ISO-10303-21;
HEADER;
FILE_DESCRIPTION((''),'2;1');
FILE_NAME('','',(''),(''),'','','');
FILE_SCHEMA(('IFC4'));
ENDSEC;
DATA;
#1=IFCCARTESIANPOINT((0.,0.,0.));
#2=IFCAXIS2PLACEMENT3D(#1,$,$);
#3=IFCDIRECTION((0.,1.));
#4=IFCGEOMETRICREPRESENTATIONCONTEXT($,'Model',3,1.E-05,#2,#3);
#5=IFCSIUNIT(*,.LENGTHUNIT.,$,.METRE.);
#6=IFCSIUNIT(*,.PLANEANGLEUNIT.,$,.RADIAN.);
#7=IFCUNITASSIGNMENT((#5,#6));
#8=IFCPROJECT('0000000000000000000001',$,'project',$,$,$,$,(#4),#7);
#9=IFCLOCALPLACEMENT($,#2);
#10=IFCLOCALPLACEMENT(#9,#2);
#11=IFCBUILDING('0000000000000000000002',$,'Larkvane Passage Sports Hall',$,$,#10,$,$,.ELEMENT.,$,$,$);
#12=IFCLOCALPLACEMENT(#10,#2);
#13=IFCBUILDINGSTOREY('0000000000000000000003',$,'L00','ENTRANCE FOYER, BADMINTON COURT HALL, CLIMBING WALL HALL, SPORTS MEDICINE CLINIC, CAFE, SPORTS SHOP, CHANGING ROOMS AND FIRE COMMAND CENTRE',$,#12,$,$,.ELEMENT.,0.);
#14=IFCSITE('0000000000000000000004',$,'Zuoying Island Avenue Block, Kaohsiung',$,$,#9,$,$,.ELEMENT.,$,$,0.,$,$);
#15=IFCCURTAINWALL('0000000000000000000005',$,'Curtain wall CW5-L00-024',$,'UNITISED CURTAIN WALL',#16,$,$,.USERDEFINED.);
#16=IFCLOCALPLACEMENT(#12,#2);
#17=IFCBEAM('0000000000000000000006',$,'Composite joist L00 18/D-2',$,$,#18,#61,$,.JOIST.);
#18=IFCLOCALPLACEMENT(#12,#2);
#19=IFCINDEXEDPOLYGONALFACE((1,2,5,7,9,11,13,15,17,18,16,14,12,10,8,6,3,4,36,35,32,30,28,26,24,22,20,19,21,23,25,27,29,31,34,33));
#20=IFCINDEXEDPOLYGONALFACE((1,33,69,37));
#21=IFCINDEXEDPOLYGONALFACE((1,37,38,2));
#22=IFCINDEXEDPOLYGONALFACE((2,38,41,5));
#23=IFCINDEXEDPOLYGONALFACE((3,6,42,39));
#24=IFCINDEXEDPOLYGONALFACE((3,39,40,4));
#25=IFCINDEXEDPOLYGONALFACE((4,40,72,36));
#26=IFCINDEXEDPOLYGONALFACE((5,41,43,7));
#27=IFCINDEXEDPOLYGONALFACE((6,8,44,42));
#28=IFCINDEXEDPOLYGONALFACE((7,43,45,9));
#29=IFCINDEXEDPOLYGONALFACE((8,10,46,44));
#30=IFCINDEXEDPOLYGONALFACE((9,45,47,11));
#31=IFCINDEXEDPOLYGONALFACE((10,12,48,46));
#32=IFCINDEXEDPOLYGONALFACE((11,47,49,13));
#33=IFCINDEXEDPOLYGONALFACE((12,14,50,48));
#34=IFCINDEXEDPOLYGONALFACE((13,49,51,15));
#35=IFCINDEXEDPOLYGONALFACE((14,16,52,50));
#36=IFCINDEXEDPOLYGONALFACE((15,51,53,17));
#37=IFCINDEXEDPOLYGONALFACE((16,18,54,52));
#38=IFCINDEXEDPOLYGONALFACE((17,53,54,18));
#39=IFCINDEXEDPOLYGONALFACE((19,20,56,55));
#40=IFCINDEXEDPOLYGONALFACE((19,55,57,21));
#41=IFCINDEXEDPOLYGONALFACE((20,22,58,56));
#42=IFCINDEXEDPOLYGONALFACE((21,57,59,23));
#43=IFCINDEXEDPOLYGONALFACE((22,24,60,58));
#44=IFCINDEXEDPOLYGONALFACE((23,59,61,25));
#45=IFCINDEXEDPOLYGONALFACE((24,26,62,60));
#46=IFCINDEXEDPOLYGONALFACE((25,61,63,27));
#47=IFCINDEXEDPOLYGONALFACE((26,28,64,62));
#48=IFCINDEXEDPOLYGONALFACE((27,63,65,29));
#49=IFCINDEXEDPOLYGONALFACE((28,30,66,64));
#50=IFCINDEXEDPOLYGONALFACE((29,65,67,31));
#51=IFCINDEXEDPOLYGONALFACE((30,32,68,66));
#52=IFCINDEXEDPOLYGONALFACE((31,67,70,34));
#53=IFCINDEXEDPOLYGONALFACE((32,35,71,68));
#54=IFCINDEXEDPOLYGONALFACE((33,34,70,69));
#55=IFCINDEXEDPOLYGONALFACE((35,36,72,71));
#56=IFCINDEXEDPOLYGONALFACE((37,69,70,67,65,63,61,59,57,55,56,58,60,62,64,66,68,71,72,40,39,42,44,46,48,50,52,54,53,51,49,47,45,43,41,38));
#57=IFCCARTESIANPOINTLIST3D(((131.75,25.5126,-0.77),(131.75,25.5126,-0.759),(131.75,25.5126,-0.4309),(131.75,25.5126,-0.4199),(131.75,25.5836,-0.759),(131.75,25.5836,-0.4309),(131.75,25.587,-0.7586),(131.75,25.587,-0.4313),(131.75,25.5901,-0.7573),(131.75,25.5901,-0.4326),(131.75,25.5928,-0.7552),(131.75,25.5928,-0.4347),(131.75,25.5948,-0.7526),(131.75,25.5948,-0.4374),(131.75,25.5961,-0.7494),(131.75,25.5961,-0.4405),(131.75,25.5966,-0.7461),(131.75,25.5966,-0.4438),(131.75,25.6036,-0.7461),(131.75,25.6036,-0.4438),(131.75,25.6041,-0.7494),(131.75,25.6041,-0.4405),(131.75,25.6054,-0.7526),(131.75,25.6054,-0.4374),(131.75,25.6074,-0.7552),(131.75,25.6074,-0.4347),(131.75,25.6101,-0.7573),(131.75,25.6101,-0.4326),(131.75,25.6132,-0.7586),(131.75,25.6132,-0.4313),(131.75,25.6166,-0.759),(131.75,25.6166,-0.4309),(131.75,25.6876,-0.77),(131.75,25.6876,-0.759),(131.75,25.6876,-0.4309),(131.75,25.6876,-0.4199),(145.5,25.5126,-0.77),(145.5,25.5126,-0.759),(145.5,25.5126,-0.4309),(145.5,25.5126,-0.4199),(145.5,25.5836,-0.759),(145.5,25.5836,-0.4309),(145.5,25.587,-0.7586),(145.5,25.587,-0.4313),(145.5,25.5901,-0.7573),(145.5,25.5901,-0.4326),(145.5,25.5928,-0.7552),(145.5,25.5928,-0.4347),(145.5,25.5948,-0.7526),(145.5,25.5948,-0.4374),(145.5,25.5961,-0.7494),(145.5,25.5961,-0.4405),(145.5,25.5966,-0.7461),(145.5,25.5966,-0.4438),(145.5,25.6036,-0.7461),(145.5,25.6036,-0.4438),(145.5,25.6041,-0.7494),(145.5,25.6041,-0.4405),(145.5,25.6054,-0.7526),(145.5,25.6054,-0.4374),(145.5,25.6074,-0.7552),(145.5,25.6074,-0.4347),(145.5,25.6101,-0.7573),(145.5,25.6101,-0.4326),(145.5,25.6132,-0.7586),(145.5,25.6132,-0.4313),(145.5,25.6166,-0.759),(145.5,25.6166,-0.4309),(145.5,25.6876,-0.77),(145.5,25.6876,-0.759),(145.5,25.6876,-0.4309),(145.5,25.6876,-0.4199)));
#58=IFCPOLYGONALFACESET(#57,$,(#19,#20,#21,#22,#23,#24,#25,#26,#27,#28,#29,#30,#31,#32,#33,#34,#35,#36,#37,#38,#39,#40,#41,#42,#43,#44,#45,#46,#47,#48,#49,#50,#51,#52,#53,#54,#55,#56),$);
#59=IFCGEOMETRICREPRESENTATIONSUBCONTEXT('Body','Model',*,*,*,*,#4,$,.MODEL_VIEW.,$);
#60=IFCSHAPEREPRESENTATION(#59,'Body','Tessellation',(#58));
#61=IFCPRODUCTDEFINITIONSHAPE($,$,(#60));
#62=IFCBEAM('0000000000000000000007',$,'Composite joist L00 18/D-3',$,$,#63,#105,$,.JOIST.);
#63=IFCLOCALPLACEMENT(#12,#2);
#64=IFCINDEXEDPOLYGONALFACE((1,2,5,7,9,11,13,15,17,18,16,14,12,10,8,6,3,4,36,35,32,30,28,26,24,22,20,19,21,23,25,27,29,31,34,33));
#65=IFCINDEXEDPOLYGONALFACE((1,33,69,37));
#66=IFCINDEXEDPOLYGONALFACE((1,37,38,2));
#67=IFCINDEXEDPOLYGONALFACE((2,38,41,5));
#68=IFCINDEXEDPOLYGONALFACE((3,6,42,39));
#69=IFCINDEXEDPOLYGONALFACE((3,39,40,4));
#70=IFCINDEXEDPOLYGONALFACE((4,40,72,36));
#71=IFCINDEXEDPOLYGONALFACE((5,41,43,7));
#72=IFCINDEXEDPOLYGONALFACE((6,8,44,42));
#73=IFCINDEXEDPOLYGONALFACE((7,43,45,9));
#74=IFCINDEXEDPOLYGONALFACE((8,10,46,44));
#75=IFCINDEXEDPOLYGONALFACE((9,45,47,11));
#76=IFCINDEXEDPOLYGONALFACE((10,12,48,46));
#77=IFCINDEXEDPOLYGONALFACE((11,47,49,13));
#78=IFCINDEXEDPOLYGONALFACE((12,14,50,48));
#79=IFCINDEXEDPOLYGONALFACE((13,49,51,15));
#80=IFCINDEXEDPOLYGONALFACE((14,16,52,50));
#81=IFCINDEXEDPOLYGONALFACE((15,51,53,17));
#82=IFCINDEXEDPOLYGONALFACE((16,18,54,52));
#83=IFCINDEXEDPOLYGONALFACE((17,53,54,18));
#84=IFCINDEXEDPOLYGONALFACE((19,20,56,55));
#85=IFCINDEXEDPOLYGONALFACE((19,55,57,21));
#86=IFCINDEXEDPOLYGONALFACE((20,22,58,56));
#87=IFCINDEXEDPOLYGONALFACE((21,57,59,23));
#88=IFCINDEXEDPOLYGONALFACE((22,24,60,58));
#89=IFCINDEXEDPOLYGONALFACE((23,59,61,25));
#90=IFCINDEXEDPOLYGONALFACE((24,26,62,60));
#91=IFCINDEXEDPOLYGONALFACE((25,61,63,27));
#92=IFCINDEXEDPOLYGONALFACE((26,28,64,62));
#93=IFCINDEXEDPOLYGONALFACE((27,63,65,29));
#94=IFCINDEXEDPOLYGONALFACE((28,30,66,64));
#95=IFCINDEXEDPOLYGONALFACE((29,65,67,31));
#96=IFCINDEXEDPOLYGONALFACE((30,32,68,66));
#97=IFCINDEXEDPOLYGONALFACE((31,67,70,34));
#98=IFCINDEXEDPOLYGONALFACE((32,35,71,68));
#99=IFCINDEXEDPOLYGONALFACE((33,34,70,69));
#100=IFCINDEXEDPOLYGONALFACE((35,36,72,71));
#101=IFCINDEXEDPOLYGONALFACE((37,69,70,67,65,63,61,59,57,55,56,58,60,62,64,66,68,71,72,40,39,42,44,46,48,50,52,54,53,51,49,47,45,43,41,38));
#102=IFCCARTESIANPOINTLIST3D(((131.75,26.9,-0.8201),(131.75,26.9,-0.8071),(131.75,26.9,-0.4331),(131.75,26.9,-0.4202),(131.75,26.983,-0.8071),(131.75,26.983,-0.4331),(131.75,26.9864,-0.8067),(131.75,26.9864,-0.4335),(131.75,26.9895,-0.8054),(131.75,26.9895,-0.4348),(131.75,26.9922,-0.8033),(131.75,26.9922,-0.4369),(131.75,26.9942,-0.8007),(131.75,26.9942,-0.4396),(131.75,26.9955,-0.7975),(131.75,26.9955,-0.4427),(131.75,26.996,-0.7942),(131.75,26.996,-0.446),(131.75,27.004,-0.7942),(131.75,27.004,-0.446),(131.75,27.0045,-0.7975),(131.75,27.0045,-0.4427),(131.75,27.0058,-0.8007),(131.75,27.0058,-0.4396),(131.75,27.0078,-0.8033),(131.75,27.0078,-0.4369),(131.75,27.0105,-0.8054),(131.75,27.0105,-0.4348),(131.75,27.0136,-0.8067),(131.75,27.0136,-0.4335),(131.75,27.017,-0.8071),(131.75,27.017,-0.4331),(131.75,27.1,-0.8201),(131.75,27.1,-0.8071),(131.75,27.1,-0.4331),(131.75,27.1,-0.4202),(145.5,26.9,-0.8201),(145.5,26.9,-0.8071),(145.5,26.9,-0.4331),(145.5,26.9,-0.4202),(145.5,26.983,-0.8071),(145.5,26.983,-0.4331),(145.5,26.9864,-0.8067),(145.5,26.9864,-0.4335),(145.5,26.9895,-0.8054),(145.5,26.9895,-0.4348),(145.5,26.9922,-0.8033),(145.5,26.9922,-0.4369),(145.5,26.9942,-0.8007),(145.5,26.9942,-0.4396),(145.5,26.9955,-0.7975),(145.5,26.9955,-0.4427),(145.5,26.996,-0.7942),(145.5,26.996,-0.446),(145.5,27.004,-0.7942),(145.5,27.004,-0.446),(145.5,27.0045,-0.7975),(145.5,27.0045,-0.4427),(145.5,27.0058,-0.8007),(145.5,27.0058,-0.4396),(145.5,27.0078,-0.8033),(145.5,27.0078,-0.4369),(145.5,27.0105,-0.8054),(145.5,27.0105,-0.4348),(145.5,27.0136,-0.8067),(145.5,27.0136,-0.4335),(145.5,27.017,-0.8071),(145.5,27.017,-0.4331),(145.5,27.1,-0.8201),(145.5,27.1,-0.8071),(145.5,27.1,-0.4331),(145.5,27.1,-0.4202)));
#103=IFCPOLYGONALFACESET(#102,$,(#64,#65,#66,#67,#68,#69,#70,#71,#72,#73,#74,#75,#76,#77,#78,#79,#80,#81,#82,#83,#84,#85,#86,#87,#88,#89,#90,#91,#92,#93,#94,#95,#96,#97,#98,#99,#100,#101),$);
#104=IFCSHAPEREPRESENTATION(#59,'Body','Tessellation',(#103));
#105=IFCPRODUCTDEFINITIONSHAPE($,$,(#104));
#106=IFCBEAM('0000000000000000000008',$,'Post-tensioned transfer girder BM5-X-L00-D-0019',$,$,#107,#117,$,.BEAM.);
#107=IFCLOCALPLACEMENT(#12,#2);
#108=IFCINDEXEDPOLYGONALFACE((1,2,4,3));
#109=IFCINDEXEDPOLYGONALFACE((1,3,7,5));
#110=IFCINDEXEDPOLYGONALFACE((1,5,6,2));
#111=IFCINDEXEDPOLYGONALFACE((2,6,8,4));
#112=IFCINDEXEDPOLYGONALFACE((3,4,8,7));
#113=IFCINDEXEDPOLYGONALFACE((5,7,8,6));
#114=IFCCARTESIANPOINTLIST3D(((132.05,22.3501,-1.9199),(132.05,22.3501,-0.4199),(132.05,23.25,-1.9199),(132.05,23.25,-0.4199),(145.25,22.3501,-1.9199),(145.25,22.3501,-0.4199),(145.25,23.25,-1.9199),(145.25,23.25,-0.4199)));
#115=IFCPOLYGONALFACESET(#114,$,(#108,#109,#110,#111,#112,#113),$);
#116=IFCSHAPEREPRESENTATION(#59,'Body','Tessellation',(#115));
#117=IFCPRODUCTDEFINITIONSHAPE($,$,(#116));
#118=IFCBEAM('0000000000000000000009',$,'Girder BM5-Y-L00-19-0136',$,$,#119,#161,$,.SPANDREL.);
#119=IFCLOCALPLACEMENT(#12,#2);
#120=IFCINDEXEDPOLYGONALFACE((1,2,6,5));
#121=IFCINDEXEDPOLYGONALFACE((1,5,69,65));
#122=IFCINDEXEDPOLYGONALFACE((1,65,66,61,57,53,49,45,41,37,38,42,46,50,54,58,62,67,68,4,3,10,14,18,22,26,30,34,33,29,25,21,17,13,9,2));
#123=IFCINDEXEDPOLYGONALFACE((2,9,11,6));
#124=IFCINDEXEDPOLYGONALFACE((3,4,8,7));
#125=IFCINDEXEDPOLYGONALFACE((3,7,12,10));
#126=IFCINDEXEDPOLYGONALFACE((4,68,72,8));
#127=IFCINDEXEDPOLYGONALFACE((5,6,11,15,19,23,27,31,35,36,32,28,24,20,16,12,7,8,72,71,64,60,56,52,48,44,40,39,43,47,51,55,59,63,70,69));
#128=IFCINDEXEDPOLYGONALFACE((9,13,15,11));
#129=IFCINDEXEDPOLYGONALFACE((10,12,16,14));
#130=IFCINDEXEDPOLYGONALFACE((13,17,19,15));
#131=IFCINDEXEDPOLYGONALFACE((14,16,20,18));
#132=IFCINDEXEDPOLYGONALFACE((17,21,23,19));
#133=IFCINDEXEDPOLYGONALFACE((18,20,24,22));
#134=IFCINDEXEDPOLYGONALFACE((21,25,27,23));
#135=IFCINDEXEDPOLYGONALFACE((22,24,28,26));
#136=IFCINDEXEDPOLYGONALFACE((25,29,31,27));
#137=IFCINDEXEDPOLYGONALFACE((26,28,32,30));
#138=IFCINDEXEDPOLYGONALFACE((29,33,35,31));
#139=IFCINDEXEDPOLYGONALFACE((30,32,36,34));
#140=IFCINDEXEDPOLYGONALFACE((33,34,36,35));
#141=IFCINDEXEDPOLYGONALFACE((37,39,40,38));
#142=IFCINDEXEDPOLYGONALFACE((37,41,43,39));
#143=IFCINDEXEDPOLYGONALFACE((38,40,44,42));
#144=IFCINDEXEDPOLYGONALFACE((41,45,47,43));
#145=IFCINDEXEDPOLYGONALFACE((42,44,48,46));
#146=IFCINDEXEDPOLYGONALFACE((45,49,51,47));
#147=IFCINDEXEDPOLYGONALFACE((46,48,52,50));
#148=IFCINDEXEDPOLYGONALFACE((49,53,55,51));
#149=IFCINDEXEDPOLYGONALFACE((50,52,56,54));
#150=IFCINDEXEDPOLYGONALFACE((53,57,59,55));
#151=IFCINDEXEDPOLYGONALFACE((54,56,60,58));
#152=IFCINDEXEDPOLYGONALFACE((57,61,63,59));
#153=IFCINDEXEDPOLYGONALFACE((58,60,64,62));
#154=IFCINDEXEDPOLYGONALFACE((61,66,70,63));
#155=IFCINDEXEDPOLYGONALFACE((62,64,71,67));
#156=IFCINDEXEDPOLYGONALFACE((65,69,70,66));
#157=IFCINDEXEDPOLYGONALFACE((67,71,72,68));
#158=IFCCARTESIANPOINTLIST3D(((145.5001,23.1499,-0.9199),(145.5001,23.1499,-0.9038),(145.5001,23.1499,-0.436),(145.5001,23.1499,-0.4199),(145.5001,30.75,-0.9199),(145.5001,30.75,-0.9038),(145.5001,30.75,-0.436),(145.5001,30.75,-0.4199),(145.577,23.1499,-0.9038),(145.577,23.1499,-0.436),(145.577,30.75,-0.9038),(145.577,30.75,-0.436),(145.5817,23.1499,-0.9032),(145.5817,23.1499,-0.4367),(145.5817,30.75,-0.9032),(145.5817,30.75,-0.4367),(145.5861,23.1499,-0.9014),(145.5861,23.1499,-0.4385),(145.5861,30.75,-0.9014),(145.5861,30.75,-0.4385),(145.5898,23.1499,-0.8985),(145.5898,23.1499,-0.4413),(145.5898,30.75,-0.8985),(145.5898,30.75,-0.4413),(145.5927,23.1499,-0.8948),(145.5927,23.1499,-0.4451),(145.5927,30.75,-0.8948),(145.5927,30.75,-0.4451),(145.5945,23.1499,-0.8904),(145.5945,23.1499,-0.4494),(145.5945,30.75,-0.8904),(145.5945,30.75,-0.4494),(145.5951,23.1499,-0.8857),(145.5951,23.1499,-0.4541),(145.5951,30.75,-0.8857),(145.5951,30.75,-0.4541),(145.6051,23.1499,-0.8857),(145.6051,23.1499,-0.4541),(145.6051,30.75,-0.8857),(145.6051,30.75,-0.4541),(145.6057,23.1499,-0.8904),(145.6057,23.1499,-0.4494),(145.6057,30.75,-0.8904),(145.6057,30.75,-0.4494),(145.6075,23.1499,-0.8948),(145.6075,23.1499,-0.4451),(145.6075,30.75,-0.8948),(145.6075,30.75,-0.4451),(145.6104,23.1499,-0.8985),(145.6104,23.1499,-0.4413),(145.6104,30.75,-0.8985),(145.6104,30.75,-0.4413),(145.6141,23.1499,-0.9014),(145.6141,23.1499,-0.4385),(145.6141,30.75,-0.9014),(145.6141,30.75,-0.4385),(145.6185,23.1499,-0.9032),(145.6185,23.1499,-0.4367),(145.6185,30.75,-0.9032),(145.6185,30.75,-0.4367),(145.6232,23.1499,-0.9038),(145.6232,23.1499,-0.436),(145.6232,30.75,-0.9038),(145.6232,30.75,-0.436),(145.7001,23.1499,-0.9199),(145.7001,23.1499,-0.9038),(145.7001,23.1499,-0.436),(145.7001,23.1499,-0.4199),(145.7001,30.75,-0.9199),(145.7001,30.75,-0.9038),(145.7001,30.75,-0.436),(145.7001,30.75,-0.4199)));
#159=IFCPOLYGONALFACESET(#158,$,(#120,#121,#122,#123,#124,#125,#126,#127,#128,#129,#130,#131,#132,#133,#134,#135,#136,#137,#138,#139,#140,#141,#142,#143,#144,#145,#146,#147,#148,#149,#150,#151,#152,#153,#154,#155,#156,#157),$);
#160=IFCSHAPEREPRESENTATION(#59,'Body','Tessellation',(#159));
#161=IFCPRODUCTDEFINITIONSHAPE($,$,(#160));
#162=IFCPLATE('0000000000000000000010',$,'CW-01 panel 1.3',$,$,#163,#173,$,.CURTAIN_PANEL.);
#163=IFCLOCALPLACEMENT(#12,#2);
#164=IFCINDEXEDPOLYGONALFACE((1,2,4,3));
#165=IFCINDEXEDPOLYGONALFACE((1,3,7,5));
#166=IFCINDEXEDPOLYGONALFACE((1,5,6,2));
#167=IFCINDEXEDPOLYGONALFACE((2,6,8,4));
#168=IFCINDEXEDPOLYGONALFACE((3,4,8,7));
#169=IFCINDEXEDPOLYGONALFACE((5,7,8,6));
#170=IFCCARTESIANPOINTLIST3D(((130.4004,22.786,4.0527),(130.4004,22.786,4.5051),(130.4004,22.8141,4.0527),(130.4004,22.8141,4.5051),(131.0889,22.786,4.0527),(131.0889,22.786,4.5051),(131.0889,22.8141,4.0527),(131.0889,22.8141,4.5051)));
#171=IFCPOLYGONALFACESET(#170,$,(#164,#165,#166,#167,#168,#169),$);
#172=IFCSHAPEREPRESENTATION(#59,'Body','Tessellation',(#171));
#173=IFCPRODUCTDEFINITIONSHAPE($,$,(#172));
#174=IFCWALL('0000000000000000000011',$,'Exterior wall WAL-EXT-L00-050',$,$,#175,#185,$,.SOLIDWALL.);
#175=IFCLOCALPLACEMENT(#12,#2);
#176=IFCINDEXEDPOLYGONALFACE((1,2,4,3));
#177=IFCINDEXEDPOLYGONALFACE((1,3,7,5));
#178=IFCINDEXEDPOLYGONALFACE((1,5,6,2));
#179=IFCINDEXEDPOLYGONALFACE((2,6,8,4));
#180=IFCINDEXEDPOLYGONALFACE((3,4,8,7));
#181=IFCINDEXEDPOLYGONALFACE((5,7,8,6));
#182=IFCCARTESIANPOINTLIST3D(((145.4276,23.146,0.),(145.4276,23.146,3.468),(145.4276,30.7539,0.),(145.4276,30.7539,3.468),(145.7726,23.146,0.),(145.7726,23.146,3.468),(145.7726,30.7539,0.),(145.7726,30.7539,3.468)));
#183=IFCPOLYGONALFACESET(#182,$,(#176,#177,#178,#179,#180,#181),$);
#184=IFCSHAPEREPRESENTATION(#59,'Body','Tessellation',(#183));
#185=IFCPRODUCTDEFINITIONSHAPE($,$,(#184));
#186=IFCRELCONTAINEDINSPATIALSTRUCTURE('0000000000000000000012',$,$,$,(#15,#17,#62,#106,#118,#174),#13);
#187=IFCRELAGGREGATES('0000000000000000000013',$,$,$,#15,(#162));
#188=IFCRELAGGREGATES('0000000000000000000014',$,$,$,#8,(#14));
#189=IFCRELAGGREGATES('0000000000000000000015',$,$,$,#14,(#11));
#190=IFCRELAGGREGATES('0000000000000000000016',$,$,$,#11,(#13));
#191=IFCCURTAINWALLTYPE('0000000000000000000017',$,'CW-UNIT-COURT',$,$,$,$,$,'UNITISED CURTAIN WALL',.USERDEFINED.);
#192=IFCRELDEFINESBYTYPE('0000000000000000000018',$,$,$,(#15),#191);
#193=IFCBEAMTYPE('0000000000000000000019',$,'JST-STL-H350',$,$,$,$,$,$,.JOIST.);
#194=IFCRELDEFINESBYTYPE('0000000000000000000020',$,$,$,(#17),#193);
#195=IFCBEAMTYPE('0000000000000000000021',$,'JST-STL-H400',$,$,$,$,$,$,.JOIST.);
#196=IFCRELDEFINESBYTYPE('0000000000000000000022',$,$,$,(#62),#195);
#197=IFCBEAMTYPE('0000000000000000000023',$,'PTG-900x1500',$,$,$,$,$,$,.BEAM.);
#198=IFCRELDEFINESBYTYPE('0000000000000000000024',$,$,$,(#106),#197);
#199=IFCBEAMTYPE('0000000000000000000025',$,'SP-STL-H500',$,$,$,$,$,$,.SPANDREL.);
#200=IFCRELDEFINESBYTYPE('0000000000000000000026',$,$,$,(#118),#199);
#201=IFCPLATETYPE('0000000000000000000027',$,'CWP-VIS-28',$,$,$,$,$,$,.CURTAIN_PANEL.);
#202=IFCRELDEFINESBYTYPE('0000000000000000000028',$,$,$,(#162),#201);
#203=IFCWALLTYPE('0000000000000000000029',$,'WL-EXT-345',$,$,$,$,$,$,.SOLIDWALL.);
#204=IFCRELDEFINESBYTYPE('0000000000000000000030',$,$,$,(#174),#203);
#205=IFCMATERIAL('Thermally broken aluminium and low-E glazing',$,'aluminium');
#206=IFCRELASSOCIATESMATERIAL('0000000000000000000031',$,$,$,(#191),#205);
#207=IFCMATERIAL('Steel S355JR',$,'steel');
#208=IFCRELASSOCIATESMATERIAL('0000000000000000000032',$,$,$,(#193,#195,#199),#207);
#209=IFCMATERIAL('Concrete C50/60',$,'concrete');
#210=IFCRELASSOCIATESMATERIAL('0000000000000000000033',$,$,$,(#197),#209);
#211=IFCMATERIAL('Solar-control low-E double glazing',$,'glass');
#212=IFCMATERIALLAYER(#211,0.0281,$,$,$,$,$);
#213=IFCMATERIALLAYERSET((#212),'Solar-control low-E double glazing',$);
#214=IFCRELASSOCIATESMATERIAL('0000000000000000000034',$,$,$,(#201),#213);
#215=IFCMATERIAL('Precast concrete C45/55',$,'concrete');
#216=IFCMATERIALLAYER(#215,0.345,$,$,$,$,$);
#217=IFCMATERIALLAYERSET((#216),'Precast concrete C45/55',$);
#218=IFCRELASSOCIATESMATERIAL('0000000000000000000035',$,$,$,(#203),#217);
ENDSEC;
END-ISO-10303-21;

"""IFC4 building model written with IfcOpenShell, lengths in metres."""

from ifc_helpers import new_model, si_unit, direction, frame, frame_2d, origin, origin_2d, place, context, subcontext, project, spatial, rectangle, i_section, extrude, material, layer, layer_set, material_profile, profile_set, type_object, element, aggregate, save


model = new_model("IFC4")

# Units and contexts
model_context = context("Model", 3, precision=1e-05, world=origin(), true_north=direction((0.0, 1.0)))
body_context = subcontext(model_context, "Body", "Model", "MODEL_VIEW")
ifc_project = project(units=[si_unit("LENGTHUNIT", "METRE"), si_unit("PLANEANGLEUNIT", "RADIAN")], contexts=[model_context])

# Site, building, storey
site_placement = place(None, origin())
site = spatial("IfcSite", under=ifc_project, at=site_placement, Name="Zuoying Island Avenue Block, Kaohsiung", CompositionType="ELEMENT", RefElevation=0.0)
building_placement = place(site_placement, origin())
building = spatial("IfcBuilding", under=site, at=building_placement, Name="Larkvane Passage Sports Hall", CompositionType="ELEMENT")
storey_placement = place(building_placement, origin())
storey = spatial("IfcBuildingStorey", under=building, at=storey_placement, Name="L00", Description="ENTRANCE FOYER, BADMINTON COURT HALL, CLIMBING WALL HALL, SPORTS MEDICINE CLINIC, CAFE, SPORTS SHOP, CHANGING ROOMS AND FIRE COMMAND CENTRE", CompositionType="ELEMENT", Elevation=0.0)

# Curtain wall
ifc_material_1 = material(Name="Thermally broken aluminium and low-E glazing", Category="aluminium")
curtain_wall_type = type_object("IfcCurtainWallType", Name="CW-UNIT-COURT", ElementType="UNITISED CURTAIN WALL", PredefinedType="USERDEFINED", material=ifc_material_1)
curtain_wall_placement = place(storey_placement, origin())
curtain_wall = element("IfcCurtainWall", 1, at=curtain_wall_placement, inside=storey, type_object=curtain_wall_type, Name="Curtain wall CW5-L00-024", ObjectType="UNITISED CURTAIN WALL", PredefinedType="USERDEFINED")

# Beams
ifc_material_2 = material(Name="Steel S355JR", Category="steel")
ifc_material_profile_1 = material_profile(ifc_material_2, i_section(OverallWidth=0.175, OverallDepth=0.3501, WebThickness=0.0071, FlangeThickness=0.011, FilletRadius=0.0129, at=origin_2d()), Name="H-350x175x7x11")
ifc_profile_set_1 = profile_set([ifc_material_profile_1], Name="Steel S355JR")
beam_type_1 = type_object("IfcBeamType", Name="JST-STL-H350", PredefinedType="JOIST", material=ifc_profile_set_1)
beam_1_placement = place(storey_placement, frame((131.75, 25.6001, -0.595), z_axis=(1.0, 0.0, 0.0), x_axis=(0.0, 1.0, 0.0)))
element("IfcBeam", 2, at=beam_1_placement, inside=storey, type_object=beam_type_1, Name="Composite joist L00 18/D-2", PredefinedType="JOIST", context=body_context, shape_type="SweptSolid", body=[
    extrude(i_section(OverallWidth=0.175, OverallDepth=0.3501, WebThickness=0.0071, FlangeThickness=0.011, FilletRadius=0.0129, at=origin_2d()), origin(), (0.0, 0.0, 1.0), 13.75),
])
ifc_material_profile_2 = material_profile(ifc_material_2, i_section(OverallWidth=0.2, OverallDepth=0.3999, WebThickness=0.0081, FlangeThickness=0.0129, FilletRadius=0.0129, at=origin_2d()), Name="H-400x200x8x13")
ifc_profile_set_2 = profile_set([ifc_material_profile_2], Name="Steel S355JR")
beam_type_2 = type_object("IfcBeamType", Name="JST-STL-H400", PredefinedType="JOIST", material=ifc_profile_set_2)
beam_2_placement = place(storey_placement, frame((131.75, 27.0, -0.6201), z_axis=(1.0, 0.0, 0.0), x_axis=(0.0, 1.0, 0.0)))
element("IfcBeam", 3, at=beam_2_placement, inside=storey, type_object=beam_type_2, Name="Composite joist L00 18/D-3", PredefinedType="JOIST", context=body_context, shape_type="SweptSolid", body=[
    extrude(i_section(OverallWidth=0.2, OverallDepth=0.3999, WebThickness=0.0081, FlangeThickness=0.0129, FilletRadius=0.0129, at=origin_2d()), origin(), (0.0, 0.0, 1.0), 13.75),
])
ifc_material_3 = material(Name="Concrete C50/60", Category="concrete")
ifc_material_profile_3 = material_profile(ifc_material_3, rectangle(XDim=0.8999, YDim=1.5, at=origin_2d()), Name="PT-GIR-900x1500")
ifc_profile_set_3 = profile_set([ifc_material_profile_3], Name="Concrete C50/60")
beam_type_3 = type_object("IfcBeamType", Name="PTG-900x1500", PredefinedType="BEAM", material=ifc_profile_set_3)
beam_3_placement = place(storey_placement, frame((132.05, 22.8, -1.1699), z_axis=(1.0, 0.0, 0.0), x_axis=(0.0, 1.0, 0.0)))
element("IfcBeam", 4, at=beam_3_placement, inside=storey, type_object=beam_type_3, Name="Post-tensioned transfer girder BM5-X-L00-D-0019", PredefinedType="BEAM", context=body_context, shape_type="SweptSolid", body=[
    extrude(rectangle(XDim=0.8999, YDim=1.5, at=origin_2d()), origin(), (0.0, 0.0, 1.0), 13.2),
])
ifc_material_profile_4 = material_profile(ifc_material_2, i_section(OverallWidth=0.2, OverallDepth=0.5, WebThickness=0.01, FlangeThickness=0.0161, FilletRadius=0.0181, at=origin_2d()), Name="H-500x200x10x16")
ifc_profile_set_4 = profile_set([ifc_material_profile_4], Name="Steel S355JR")
beam_type_4 = type_object("IfcBeamType", Name="SP-STL-H500", PredefinedType="SPANDREL", material=ifc_profile_set_4)
beam_4_placement = place(storey_placement, frame((145.6001, 23.1499, -0.6699), z_axis=(0.0, 1.0, 0.0), x_axis=(-1.0, 0.0, 0.0)))
element("IfcBeam", 5, at=beam_4_placement, inside=storey, type_object=beam_type_4, Name="Girder BM5-Y-L00-19-0136", PredefinedType="SPANDREL", context=body_context, shape_type="SweptSolid", body=[
    extrude(i_section(OverallWidth=0.2, OverallDepth=0.5, WebThickness=0.01, FlangeThickness=0.0161, FilletRadius=0.0181, at=origin_2d()), origin(), (0.0, 0.0, 1.0), 7.6001),
])

# Plate
ifc_material_4 = material(Name="Solar-control low-E double glazing", Category="glass")
ifc_layer_1 = layer(ifc_material_4, 0.0281)
ifc_layer_set_1 = layer_set([ifc_layer_1], Name="Solar-control low-E double glazing")
plate_type = type_object("IfcPlateType", Name="CWP-VIS-28", PredefinedType="CURTAIN_PANEL", material=ifc_layer_set_1)
plate_placement = place(storey_placement, frame((130.7446, 22.8, 4.0527), z_axis=(0.0, 0.0, 1.0), x_axis=(-1.0, 0.0, 0.0)))
plate = element("IfcPlate", 6, at=plate_placement, type_object=plate_type, Name="CW-01 panel 1.3", PredefinedType="CURTAIN_PANEL", context=body_context, shape_type="SweptSolid", body=[
    extrude(rectangle(XDim=0.6885, YDim=0.0281, at=origin_2d()), origin(), (0.0, 0.0, 1.0), 0.4524),
])
aggregate(curtain_wall, [plate])

# Wall
ifc_material_5 = material(Name="Precast concrete C45/55", Category="concrete")
ifc_layer_2 = layer(ifc_material_5, 0.345)
ifc_layer_set_2 = layer_set([ifc_layer_2], Name="Precast concrete C45/55")
wall_type_1 = type_object("IfcWallType", Name="WL-EXT-345", PredefinedType="SOLIDWALL", material=ifc_layer_set_2)
wall_1_placement = place(storey_placement, frame((145.6001, 30.7539, 0.0), z_axis=(0.0, 0.0, 1.0), x_axis=(0.0, -1.0, 0.0)))
element("IfcWall", 7, at=wall_1_placement, inside=storey, type_object=wall_type_1, Name="Exterior wall WAL-EXT-L00-050", PredefinedType="SOLIDWALL", context=body_context, shape_type="SweptSolid", body=[
    extrude(rectangle(XDim=7.6079, YDim=0.345, at=frame_2d((3.804, 0.0))), origin(), (0.0, 0.0, 1.0), 3.468),
])

save(model, "model.ifc")
